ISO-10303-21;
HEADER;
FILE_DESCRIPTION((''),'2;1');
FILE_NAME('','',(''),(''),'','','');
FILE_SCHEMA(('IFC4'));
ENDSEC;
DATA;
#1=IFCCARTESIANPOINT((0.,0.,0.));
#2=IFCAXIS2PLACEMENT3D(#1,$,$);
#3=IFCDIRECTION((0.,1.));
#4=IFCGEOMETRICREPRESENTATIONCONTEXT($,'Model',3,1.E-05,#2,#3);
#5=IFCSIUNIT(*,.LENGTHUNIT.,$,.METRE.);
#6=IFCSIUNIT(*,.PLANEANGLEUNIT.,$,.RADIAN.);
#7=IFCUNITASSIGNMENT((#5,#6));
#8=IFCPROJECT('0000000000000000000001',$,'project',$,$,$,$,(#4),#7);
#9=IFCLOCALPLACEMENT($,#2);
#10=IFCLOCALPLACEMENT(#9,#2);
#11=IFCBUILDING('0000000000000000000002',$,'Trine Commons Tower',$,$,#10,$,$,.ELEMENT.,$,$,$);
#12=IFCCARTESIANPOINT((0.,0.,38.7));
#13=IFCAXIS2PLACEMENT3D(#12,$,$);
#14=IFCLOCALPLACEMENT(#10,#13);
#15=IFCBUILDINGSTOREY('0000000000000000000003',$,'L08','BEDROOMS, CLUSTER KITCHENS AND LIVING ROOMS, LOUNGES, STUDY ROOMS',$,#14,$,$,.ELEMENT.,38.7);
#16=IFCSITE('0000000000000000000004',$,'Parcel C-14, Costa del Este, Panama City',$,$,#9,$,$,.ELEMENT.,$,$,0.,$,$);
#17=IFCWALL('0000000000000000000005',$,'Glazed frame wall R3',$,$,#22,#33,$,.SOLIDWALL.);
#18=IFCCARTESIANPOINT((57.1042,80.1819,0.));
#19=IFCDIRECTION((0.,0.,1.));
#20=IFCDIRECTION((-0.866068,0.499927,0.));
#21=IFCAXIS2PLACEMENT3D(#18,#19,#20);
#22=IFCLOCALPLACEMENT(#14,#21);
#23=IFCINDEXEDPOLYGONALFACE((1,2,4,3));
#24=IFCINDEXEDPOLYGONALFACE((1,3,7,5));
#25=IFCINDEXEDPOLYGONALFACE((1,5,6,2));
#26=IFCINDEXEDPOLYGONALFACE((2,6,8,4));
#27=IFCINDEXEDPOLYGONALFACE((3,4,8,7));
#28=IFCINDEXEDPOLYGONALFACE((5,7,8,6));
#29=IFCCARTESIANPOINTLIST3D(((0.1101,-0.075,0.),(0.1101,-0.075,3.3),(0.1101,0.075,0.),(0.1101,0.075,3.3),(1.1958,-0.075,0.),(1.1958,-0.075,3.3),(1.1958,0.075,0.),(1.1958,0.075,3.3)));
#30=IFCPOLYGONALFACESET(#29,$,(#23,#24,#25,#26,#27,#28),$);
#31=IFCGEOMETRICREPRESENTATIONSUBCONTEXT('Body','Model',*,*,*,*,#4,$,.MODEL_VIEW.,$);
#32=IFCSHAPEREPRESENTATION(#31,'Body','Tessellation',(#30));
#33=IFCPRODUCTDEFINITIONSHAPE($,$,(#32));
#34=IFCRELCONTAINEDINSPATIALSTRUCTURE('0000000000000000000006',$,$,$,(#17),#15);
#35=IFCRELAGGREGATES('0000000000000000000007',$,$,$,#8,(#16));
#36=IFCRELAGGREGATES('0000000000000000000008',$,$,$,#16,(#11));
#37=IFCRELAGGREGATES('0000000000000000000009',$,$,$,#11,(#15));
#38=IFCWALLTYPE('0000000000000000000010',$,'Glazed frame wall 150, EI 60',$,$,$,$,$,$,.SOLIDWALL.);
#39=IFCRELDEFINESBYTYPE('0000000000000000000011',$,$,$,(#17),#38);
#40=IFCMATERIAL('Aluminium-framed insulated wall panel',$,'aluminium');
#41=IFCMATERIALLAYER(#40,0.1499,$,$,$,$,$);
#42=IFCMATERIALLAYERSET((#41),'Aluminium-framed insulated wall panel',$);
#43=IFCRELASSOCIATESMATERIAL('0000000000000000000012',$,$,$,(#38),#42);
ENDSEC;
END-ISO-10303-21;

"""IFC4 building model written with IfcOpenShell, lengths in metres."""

from ifc_helpers import new_model, si_unit, direction, frame, origin, place, context, subcontext, project, spatial, polyline, outline, extrude, material, layer, layer_set, type_object, element, save


model = new_model("IFC4")

# Units and contexts
model_context = context("Model", 3, precision=1e-05, world=origin(), true_north=direction((0.0, 1.0)))
body_context = subcontext(model_context, "Body", "Model", "MODEL_VIEW")
ifc_project = project(units=[si_unit("LENGTHUNIT", "METRE"), si_unit("PLANEANGLEUNIT", "RADIAN")], contexts=[model_context])

# Site, building, storey
site_placement = place(None, origin())
site = spatial("IfcSite", under=ifc_project, at=site_placement, Name="Parcel C-14, Costa del Este, Panama City", CompositionType="ELEMENT", RefElevation=0.0)
building_placement = place(site_placement, origin())
building = spatial("IfcBuilding", under=site, at=building_placement, Name="Trine Commons Tower", CompositionType="ELEMENT")
storey_placement = place(building_placement, frame((0.0, 0.0, 38.7)))
storey = spatial("IfcBuildingStorey", under=building, at=storey_placement, Name="L08", Description="BEDROOMS, CLUSTER KITCHENS AND LIVING ROOMS, LOUNGES, STUDY ROOMS", CompositionType="ELEMENT", Elevation=38.7)

# Shared definitions
ifc_material_1 = material(Name="Aluminium-framed insulated wall panel", Category="aluminium")
ifc_layer = layer(ifc_material_1, 0.1499)
ifc_layer_set = layer_set([ifc_layer], Name="Aluminium-framed insulated wall panel")
wall_type = type_object("IfcWallType", Name="Glazed frame wall 150, EI 60", PredefinedType="SOLIDWALL", material=ifc_layer_set)

# Wall
wall_1_placement = place(storey_placement, frame((57.1042, 80.1819, 0.0), z_axis=(0.0, 0.0, 1.0), x_axis=(-0.866068, 0.499927, 0.0)))
element("IfcWall", 1, at=wall_1_placement, inside=storey, type_object=wall_type, Name="Glazed frame wall R3", PredefinedType="SOLIDWALL", context=body_context, shape_type="SweptSolid", body=[
    extrude(outline(polyline([(0.1101, 0.075), (0.1101, -0.075), (1.1958, -0.075), (1.1958, 0.075), (0.1101, 0.075)])), origin(), (0.0, 0.0, 1.0), 3.3),
])

save(model, "model.ifc")
